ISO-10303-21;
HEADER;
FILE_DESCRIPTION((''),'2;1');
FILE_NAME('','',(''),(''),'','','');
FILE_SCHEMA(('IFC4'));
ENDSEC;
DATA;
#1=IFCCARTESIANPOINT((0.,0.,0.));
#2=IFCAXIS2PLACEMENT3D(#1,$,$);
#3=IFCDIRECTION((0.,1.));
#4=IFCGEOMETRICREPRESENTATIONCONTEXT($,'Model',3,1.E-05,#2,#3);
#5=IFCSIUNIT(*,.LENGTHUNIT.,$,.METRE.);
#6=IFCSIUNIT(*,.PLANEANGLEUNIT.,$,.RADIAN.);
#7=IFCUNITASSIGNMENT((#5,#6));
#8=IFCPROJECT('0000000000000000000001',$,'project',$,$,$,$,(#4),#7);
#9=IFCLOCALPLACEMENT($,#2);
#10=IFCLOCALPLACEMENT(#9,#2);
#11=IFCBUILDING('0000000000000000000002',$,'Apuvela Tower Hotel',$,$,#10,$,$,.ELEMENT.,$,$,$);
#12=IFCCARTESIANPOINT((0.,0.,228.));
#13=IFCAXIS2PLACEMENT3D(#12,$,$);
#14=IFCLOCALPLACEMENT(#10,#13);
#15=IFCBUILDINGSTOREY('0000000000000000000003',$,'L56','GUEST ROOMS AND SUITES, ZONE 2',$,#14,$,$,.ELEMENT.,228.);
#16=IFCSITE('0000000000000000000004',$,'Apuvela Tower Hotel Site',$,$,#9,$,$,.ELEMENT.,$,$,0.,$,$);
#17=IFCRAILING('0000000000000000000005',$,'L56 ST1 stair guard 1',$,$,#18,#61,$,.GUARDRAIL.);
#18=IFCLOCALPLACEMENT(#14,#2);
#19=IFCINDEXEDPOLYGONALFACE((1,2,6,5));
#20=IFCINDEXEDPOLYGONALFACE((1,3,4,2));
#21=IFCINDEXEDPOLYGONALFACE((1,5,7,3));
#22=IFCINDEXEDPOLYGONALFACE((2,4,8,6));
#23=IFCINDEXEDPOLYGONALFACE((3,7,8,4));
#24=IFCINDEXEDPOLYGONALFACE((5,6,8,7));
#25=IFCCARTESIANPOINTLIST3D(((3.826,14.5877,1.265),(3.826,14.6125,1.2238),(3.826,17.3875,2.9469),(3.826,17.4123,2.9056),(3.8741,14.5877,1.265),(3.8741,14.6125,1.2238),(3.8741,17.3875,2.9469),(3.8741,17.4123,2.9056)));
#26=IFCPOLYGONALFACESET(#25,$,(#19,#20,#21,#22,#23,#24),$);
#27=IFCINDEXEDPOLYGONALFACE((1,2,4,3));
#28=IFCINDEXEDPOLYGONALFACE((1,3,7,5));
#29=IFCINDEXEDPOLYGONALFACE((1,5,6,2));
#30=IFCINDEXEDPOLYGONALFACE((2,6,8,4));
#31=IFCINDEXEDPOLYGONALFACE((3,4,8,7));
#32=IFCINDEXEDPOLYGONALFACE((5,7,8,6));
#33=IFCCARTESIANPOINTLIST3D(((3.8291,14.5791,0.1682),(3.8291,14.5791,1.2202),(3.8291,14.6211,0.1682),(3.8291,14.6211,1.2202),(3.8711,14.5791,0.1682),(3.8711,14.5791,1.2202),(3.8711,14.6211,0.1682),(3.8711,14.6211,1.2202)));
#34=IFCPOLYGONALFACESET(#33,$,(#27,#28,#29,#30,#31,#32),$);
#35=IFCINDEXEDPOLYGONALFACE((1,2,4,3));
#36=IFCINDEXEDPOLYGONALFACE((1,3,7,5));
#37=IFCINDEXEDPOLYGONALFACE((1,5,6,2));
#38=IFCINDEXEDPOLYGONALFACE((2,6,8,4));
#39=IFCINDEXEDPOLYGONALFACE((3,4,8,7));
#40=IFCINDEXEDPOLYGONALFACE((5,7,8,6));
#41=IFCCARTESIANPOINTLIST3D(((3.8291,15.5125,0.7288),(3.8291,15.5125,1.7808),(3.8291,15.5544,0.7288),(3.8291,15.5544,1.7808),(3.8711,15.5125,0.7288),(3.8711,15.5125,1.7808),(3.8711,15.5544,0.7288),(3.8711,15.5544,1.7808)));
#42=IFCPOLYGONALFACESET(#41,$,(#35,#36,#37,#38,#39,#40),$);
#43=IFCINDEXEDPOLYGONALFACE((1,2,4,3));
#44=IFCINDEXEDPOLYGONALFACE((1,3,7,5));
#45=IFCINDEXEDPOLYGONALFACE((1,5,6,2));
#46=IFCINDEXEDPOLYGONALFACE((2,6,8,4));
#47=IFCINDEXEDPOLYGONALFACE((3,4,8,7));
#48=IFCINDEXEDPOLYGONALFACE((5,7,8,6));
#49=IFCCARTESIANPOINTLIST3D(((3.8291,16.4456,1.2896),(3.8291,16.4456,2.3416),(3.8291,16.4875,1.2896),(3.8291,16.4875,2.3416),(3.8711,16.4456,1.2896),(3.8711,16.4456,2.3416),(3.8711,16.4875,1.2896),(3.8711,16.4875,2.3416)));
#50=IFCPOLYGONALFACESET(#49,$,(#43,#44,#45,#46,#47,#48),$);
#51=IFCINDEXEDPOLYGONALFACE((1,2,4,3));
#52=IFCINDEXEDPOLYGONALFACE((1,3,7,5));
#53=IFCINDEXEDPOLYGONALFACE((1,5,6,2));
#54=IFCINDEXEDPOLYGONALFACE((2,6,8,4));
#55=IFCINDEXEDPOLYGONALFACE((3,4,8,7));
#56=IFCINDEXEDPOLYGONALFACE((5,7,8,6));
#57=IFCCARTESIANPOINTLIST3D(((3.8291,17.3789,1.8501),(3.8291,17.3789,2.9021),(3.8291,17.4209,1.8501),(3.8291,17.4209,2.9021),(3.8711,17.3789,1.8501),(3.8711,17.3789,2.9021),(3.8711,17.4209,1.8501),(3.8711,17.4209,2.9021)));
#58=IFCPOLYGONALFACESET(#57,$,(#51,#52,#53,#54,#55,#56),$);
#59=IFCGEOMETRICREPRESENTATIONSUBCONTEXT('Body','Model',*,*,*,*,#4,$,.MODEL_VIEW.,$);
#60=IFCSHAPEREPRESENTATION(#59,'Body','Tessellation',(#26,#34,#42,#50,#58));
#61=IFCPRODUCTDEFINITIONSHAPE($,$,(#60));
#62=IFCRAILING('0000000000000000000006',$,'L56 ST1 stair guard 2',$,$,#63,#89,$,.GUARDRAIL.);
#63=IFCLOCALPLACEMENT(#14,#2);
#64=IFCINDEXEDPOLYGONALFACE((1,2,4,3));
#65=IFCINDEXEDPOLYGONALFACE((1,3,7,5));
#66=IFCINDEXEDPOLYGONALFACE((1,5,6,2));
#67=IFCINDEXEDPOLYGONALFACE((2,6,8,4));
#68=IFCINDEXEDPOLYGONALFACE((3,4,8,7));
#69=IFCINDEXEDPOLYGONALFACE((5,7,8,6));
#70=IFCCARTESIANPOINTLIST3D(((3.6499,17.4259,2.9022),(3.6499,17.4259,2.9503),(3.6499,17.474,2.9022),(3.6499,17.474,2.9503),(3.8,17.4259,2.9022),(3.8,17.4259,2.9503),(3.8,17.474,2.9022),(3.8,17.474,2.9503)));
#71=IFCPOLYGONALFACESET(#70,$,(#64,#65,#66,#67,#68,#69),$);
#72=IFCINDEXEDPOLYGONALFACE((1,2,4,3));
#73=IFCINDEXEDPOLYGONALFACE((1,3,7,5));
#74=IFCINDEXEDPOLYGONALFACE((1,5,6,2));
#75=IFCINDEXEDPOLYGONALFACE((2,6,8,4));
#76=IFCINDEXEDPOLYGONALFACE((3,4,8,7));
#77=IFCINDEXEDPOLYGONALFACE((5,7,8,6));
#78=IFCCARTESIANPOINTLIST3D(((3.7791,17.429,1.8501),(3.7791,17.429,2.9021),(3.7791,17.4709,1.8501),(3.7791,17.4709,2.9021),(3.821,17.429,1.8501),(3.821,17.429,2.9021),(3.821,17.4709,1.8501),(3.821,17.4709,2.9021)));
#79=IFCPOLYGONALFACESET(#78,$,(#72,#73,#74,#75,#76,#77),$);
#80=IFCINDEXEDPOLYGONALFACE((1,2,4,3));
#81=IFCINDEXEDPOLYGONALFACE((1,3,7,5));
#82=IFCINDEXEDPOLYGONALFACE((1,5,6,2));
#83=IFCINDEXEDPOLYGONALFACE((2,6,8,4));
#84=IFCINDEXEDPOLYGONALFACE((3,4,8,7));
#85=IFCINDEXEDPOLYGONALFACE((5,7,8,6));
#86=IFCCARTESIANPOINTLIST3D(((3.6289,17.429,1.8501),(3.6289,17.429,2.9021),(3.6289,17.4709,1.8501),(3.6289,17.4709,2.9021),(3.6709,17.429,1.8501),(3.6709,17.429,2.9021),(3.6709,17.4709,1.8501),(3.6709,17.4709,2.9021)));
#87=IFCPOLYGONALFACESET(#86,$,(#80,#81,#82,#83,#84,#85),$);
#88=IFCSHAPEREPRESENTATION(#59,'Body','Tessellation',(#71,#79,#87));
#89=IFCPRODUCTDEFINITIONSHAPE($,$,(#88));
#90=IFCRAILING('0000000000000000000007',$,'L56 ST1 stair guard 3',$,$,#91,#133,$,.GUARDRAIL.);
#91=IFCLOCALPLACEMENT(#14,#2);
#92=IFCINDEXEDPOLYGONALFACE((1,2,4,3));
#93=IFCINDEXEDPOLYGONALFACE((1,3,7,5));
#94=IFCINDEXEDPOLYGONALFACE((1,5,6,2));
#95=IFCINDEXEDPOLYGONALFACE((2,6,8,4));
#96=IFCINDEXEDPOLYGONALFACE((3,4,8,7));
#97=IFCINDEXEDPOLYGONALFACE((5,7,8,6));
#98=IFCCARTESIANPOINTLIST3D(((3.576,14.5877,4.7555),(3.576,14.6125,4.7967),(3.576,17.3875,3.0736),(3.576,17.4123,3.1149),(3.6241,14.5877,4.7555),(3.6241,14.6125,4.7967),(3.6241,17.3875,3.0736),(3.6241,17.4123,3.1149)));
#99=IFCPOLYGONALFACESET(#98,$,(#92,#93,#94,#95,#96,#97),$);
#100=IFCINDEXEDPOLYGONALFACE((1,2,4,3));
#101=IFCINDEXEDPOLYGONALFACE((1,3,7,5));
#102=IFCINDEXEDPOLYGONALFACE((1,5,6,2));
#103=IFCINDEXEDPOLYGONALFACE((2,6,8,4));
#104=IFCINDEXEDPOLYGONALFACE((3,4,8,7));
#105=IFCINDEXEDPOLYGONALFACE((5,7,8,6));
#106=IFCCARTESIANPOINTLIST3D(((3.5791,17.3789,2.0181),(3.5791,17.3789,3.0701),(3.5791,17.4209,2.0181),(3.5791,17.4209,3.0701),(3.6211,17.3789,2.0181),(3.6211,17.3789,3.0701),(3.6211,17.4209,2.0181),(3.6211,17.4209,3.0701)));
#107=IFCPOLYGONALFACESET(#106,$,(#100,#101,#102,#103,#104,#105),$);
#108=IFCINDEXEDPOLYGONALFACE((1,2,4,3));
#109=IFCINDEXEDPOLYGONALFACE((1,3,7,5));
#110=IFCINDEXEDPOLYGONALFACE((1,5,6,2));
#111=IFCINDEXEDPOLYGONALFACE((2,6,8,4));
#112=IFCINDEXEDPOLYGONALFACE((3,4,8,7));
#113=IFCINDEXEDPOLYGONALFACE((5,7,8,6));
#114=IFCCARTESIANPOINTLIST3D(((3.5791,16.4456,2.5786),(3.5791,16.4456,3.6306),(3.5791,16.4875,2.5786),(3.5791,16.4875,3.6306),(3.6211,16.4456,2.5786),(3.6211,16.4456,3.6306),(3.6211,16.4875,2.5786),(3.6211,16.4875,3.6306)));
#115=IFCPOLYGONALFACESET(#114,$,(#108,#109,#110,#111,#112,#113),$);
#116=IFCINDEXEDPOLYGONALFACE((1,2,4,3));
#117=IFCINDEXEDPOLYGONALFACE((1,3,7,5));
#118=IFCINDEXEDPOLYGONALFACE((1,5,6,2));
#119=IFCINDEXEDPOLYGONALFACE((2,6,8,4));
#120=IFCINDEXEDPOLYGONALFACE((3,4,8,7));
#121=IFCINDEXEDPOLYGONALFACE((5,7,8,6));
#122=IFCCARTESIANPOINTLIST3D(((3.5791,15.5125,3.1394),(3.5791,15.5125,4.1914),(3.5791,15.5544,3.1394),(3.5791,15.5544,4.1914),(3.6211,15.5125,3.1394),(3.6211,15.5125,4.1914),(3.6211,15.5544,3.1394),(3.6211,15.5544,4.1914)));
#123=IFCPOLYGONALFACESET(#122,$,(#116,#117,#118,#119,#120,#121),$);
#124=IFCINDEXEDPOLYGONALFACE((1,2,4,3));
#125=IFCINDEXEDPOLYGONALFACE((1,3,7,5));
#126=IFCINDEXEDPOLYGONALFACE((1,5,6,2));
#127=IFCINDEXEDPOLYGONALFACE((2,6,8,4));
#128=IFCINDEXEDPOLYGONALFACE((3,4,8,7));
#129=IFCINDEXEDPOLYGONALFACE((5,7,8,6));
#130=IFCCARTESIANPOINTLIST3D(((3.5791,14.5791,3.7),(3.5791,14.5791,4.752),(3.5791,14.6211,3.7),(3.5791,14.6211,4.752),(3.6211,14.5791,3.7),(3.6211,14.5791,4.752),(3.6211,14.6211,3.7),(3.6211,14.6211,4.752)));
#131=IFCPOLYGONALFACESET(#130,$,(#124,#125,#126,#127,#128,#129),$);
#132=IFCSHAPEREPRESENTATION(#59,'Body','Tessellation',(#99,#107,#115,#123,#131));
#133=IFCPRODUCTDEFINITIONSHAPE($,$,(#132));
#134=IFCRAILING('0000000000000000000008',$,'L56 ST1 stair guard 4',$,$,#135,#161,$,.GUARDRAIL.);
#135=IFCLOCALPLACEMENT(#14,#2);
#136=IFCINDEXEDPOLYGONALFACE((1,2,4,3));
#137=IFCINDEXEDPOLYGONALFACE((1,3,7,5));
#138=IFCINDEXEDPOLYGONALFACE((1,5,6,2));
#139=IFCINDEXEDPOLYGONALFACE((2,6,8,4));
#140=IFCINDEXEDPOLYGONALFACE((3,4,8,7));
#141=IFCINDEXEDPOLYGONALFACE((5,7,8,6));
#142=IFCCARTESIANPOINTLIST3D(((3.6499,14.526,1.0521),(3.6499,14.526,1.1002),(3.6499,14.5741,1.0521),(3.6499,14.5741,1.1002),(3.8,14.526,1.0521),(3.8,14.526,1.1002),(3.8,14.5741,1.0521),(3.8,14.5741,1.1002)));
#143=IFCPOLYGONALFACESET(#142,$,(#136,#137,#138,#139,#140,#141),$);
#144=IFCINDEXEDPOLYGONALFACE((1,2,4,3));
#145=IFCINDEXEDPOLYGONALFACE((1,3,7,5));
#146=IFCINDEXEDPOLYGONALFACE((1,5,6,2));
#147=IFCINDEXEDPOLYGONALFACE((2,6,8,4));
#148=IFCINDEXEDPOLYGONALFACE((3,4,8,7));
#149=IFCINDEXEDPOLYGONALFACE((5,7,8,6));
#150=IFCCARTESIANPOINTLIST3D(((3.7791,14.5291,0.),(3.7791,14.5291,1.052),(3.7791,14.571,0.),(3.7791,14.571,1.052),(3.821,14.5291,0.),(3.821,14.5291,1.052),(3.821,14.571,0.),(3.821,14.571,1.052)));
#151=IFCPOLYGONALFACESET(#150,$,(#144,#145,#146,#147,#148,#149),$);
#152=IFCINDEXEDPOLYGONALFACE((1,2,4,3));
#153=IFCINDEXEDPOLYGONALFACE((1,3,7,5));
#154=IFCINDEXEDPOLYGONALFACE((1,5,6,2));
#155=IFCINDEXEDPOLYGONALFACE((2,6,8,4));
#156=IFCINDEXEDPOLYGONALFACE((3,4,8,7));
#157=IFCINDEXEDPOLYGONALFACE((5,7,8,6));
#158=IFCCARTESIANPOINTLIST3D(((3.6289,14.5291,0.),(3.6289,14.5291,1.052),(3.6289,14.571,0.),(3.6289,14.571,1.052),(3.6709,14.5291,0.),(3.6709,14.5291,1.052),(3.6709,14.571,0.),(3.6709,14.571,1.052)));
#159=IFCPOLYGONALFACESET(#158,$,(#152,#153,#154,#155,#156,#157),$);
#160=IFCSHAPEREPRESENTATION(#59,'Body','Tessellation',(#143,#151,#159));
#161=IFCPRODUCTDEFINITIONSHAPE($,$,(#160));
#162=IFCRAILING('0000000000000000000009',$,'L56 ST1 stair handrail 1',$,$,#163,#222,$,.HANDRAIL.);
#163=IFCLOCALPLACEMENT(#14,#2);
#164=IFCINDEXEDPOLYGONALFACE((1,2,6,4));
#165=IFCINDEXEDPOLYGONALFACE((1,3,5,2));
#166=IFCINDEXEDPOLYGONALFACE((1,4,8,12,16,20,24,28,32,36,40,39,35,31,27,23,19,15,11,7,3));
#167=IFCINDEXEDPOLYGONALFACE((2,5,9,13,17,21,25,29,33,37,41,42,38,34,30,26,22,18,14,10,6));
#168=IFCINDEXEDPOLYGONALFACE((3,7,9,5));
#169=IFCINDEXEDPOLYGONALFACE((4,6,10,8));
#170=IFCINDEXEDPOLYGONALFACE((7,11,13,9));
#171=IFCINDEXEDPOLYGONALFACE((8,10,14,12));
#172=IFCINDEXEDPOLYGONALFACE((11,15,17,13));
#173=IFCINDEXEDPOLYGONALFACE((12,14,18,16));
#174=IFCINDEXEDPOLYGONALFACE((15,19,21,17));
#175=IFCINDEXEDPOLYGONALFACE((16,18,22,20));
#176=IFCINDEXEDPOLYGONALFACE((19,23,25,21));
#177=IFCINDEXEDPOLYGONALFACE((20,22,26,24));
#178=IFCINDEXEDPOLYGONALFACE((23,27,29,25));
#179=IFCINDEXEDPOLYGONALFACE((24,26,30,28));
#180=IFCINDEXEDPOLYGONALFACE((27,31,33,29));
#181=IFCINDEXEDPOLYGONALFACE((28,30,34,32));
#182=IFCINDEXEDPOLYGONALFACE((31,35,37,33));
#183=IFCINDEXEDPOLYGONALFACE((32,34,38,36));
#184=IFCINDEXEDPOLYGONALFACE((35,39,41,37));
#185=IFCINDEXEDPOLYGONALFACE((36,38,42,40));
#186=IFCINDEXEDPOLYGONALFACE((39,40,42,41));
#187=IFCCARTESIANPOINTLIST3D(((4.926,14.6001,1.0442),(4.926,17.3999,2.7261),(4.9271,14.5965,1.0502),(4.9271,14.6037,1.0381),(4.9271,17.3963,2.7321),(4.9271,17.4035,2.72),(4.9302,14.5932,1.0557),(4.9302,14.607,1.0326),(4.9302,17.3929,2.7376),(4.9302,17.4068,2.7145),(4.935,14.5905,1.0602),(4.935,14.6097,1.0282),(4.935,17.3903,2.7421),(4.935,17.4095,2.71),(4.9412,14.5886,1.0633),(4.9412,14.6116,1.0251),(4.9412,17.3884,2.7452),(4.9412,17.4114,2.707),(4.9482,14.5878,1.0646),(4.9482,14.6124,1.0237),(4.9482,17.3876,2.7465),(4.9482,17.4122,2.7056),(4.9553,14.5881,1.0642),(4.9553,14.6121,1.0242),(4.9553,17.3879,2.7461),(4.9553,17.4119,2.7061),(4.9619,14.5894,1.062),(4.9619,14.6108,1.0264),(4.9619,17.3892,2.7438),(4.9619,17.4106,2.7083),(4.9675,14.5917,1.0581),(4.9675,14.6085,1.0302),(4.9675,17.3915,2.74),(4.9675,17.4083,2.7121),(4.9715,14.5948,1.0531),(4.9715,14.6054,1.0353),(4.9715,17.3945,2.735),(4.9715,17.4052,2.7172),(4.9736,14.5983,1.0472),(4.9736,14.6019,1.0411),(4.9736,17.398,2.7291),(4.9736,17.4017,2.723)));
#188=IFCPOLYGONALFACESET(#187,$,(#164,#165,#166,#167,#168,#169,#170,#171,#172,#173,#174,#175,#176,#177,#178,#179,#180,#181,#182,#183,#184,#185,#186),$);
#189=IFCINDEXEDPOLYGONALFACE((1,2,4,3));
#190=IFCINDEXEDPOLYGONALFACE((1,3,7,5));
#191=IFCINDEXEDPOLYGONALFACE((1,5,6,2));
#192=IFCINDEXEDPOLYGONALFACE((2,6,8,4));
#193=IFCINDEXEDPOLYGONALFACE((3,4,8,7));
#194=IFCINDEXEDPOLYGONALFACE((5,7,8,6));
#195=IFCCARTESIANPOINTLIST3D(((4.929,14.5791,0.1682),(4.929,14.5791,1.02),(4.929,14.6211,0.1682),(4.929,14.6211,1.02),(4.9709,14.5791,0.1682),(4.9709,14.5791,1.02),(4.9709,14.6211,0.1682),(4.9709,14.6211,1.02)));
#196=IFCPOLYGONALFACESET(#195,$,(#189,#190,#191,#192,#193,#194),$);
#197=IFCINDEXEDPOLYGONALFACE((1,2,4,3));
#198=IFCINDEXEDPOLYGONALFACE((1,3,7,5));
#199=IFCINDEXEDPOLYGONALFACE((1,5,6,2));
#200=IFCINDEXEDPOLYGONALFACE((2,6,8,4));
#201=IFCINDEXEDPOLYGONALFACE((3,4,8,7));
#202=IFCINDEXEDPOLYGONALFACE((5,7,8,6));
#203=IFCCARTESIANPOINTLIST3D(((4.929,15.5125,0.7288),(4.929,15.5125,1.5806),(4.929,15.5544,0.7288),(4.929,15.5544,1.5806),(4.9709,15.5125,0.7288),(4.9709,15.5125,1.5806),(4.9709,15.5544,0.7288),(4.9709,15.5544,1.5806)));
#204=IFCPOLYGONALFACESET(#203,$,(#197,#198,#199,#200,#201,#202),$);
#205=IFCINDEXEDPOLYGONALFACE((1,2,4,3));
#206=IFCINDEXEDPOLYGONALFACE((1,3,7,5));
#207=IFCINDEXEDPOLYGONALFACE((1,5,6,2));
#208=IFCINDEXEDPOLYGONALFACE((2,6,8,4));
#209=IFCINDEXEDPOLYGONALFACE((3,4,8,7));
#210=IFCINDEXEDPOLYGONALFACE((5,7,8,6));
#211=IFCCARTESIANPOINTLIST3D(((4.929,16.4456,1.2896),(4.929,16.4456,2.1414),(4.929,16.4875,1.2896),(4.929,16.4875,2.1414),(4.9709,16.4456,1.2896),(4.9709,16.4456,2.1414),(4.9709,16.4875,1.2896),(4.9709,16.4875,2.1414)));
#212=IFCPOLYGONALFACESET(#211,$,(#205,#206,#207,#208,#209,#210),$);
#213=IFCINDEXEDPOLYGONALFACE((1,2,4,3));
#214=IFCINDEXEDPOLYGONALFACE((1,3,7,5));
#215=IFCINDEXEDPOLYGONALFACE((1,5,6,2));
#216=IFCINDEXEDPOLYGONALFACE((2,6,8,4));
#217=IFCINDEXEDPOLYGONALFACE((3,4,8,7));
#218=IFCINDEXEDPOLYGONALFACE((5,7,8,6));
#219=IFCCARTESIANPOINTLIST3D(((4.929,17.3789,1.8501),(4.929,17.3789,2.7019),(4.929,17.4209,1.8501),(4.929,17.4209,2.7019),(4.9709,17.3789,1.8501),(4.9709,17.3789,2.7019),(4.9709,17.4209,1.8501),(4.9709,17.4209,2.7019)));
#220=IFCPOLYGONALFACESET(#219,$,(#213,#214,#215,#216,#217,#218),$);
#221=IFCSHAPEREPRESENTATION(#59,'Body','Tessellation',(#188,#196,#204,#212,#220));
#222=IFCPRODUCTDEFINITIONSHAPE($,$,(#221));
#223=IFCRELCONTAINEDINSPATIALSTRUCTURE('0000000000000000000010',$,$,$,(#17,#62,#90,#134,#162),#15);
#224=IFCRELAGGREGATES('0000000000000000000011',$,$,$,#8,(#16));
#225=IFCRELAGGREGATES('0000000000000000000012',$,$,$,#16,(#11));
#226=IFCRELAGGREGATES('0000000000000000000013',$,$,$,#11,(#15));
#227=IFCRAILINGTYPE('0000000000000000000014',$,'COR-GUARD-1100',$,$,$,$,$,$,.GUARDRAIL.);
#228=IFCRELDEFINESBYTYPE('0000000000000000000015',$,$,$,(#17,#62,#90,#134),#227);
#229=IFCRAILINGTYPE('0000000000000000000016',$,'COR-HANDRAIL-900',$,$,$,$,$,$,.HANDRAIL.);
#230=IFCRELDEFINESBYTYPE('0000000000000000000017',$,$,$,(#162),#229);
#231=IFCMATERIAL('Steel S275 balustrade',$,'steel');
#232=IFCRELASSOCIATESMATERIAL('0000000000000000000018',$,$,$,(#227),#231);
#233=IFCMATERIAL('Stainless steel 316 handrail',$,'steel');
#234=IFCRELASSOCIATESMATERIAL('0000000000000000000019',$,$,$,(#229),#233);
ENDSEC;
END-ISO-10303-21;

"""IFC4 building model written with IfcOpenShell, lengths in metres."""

from ifc_helpers import new_model, si_unit, direction, frame, origin, origin_2d, place, context, subcontext, project, spatial, rectangle, circle, extrude, material, type_object, element, save


model = new_model("IFC4")

# Units and contexts
model_context = context("Model", 3, precision=1e-05, world=origin(), true_north=direction((0.0, 1.0)))
body_context = subcontext(model_context, "Body", "Model", "MODEL_VIEW")
ifc_project = project(units=[si_unit("LENGTHUNIT", "METRE"), si_unit("PLANEANGLEUNIT", "RADIAN")], contexts=[model_context])

# Site, building, storey
site_placement = place(None, origin())
site = spatial("IfcSite", under=ifc_project, at=site_placement, Name="Apuvela Tower Hotel Site", CompositionType="ELEMENT", RefElevation=0.0)
building_placement = place(site_placement, origin())
building = spatial("IfcBuilding", under=site, at=building_placement, Name="Apuvela Tower Hotel", CompositionType="ELEMENT")
storey_placement = place(building_placement, frame((0.0, 0.0, 228.0)))
storey = spatial("IfcBuildingStorey", under=building, at=storey_placement, Name="L56", Description="GUEST ROOMS AND SUITES, ZONE 2", CompositionType="ELEMENT", Elevation=228.0)

# Railings
ifc_material_1 = material(Name="Steel S275 balustrade", Category="steel")
railing_type_1 = type_object("IfcRailingType", Name="COR-GUARD-1100", PredefinedType="GUARDRAIL", material=ifc_material_1)
railing_1_placement = place(storey_placement, frame((3.8501, 14.6001, 0.1682)))
element("IfcRailing", 1, at=railing_1_placement, inside=storey, type_object=railing_type_1, Name="L56 ST1 stair guard 1", PredefinedType="GUARDRAIL", context=body_context, shape_type="SweptSolid", body=[
    extrude(rectangle(XDim=0.0481, YDim=0.0481, at=origin_2d()), frame((0.0, 0.0, 1.0762), z_axis=(0.0, 0.857222, 0.514946), x_axis=(-1.0, 0.0, 0.0)), (0.0, 0.0, 1.0), 3.2661),
    extrude(rectangle(XDim=0.042, YDim=0.042, at=origin_2d()), origin(), (0.0, 0.0, 1.0), 1.052),
    extrude(rectangle(XDim=0.042, YDim=0.042, at=origin_2d()), frame((0.0, 0.9333, 0.5605)), (0.0, 0.0, 1.0), 1.052),
    extrude(rectangle(XDim=0.042, YDim=0.042, at=origin_2d()), frame((0.0, 1.8665, 1.1213)), (0.0, 0.0, 1.0), 1.052),
    extrude(rectangle(XDim=0.042, YDim=0.042, at=origin_2d()), frame((0.0, 2.7998, 1.6819)), (0.0, 0.0, 1.0), 1.052),
])
railing_2_placement = place(storey_placement, frame((3.8, 17.45, 1.8501)))
element("IfcRailing", 2, at=railing_2_placement, inside=storey, type_object=railing_type_1, Name="L56 ST1 stair guard 2", PredefinedType="GUARDRAIL", context=body_context, shape_type="SweptSolid", body=[
    extrude(rectangle(XDim=0.0481, YDim=0.0481, at=origin_2d()), frame((0.0, 0.0, 1.0762), z_axis=(-1.0, 0.0, 0.0), x_axis=(0.0, -1.0, 0.0)), (0.0, 0.0, 1.0), 0.1501),
    extrude(rectangle(XDim=0.042, YDim=0.042, at=origin_2d()), origin(), (0.0, 0.0, 1.0), 1.052),
    extrude(rectangle(XDim=0.042, YDim=0.042, at=origin_2d()), frame((-0.1501, 0.0, 0.0)), (0.0, 0.0, 1.0), 1.052),
])
railing_3_placement = place(storey_placement, frame((3.6001, 17.3999, 2.0181)))
element("IfcRailing", 3, at=railing_3_placement, inside=storey, type_object=railing_type_1, Name="L56 ST1 stair guard 3", PredefinedType="GUARDRAIL", context=body_context, shape_type="SweptSolid", body=[
    extrude(rectangle(XDim=0.0481, YDim=0.0481, at=origin_2d()), frame((0.0, 0.0, 1.0762), z_axis=(0.0, -0.857222, 0.514946), x_axis=(1.0, 0.0, 0.0)), (0.0, 0.0, 1.0), 3.2661),
    extrude(rectangle(XDim=0.042, YDim=0.042, at=origin_2d()), origin(), (0.0, 0.0, 1.0), 1.052),
    extrude(rectangle(XDim=0.042, YDim=0.042, at=origin_2d()), frame((0.0, -0.9333, 0.5605)), (0.0, 0.0, 1.0), 1.052),
    extrude(rectangle(XDim=0.042, YDim=0.042, at=origin_2d()), frame((0.0, -1.8665, 1.1213)), (0.0, 0.0, 1.0), 1.052),
    extrude(rectangle(XDim=0.042, YDim=0.042, at=origin_2d()), frame((0.0, -2.7998, 1.6819)), (0.0, 0.0, 1.0), 1.052),
])
railing_4_placement = place(storey_placement, frame((3.8, 14.55, 0.0)))
element("IfcRailing", 4, at=railing_4_placement, inside=storey, type_object=railing_type_1, Name="L56 ST1 stair guard 4", PredefinedType="GUARDRAIL", context=body_context, shape_type="SweptSolid", body=[
    extrude(rectangle(XDim=0.0481, YDim=0.0481, at=origin_2d()), frame((0.0, 0.0, 1.0762), z_axis=(-1.0, 0.0, 0.0), x_axis=(0.0, -1.0, 0.0)), (0.0, 0.0, 1.0), 0.1501),
    extrude(rectangle(XDim=0.042, YDim=0.042, at=origin_2d()), origin(), (0.0, 0.0, 1.0), 1.052),
    extrude(rectangle(XDim=0.042, YDim=0.042, at=origin_2d()), frame((-0.1501, 0.0, 0.0)), (0.0, 0.0, 1.0), 1.052),
])
ifc_material_2 = material(Name="Stainless steel 316 handrail", Category="steel")
railing_type_2 = type_object("IfcRailingType", Name="COR-HANDRAIL-900", PredefinedType="HANDRAIL", material=ifc_material_2)
railing_5_placement = place(storey_placement, frame((4.95, 14.6001, 0.1682)))
element("IfcRailing", 5, at=railing_5_placement, inside=storey, type_object=railing_type_2, Name="L56 ST1 stair handrail 1", PredefinedType="HANDRAIL", context=body_context, shape_type="SweptSolid", body=[
    extrude(circle(Radius=0.0239, at=origin_2d()), frame((0.0, 0.0, 0.876), z_axis=(0.0, 0.857222, 0.514946), x_axis=(-1.0, 0.0, 0.0)), (0.0, 0.0, 1.0), 3.2661),
    extrude(rectangle(XDim=0.042, YDim=0.042, at=origin_2d()), origin(), (0.0, 0.0, 1.0), 0.8518),
    extrude(rectangle(XDim=0.042, YDim=0.042, at=origin_2d()), frame((0.0, 0.9333, 0.5605)), (0.0, 0.0, 1.0), 0.8518),
    extrude(rectangle(XDim=0.042, YDim=0.042, at=origin_2d()), frame((0.0, 1.8665, 1.1213)), (0.0, 0.0, 1.0), 0.8518),
    extrude(rectangle(XDim=0.042, YDim=0.042, at=origin_2d()), frame((0.0, 2.7998, 1.6819)), (0.0, 0.0, 1.0), 0.8518),
])

save(model, "model.ifc")
